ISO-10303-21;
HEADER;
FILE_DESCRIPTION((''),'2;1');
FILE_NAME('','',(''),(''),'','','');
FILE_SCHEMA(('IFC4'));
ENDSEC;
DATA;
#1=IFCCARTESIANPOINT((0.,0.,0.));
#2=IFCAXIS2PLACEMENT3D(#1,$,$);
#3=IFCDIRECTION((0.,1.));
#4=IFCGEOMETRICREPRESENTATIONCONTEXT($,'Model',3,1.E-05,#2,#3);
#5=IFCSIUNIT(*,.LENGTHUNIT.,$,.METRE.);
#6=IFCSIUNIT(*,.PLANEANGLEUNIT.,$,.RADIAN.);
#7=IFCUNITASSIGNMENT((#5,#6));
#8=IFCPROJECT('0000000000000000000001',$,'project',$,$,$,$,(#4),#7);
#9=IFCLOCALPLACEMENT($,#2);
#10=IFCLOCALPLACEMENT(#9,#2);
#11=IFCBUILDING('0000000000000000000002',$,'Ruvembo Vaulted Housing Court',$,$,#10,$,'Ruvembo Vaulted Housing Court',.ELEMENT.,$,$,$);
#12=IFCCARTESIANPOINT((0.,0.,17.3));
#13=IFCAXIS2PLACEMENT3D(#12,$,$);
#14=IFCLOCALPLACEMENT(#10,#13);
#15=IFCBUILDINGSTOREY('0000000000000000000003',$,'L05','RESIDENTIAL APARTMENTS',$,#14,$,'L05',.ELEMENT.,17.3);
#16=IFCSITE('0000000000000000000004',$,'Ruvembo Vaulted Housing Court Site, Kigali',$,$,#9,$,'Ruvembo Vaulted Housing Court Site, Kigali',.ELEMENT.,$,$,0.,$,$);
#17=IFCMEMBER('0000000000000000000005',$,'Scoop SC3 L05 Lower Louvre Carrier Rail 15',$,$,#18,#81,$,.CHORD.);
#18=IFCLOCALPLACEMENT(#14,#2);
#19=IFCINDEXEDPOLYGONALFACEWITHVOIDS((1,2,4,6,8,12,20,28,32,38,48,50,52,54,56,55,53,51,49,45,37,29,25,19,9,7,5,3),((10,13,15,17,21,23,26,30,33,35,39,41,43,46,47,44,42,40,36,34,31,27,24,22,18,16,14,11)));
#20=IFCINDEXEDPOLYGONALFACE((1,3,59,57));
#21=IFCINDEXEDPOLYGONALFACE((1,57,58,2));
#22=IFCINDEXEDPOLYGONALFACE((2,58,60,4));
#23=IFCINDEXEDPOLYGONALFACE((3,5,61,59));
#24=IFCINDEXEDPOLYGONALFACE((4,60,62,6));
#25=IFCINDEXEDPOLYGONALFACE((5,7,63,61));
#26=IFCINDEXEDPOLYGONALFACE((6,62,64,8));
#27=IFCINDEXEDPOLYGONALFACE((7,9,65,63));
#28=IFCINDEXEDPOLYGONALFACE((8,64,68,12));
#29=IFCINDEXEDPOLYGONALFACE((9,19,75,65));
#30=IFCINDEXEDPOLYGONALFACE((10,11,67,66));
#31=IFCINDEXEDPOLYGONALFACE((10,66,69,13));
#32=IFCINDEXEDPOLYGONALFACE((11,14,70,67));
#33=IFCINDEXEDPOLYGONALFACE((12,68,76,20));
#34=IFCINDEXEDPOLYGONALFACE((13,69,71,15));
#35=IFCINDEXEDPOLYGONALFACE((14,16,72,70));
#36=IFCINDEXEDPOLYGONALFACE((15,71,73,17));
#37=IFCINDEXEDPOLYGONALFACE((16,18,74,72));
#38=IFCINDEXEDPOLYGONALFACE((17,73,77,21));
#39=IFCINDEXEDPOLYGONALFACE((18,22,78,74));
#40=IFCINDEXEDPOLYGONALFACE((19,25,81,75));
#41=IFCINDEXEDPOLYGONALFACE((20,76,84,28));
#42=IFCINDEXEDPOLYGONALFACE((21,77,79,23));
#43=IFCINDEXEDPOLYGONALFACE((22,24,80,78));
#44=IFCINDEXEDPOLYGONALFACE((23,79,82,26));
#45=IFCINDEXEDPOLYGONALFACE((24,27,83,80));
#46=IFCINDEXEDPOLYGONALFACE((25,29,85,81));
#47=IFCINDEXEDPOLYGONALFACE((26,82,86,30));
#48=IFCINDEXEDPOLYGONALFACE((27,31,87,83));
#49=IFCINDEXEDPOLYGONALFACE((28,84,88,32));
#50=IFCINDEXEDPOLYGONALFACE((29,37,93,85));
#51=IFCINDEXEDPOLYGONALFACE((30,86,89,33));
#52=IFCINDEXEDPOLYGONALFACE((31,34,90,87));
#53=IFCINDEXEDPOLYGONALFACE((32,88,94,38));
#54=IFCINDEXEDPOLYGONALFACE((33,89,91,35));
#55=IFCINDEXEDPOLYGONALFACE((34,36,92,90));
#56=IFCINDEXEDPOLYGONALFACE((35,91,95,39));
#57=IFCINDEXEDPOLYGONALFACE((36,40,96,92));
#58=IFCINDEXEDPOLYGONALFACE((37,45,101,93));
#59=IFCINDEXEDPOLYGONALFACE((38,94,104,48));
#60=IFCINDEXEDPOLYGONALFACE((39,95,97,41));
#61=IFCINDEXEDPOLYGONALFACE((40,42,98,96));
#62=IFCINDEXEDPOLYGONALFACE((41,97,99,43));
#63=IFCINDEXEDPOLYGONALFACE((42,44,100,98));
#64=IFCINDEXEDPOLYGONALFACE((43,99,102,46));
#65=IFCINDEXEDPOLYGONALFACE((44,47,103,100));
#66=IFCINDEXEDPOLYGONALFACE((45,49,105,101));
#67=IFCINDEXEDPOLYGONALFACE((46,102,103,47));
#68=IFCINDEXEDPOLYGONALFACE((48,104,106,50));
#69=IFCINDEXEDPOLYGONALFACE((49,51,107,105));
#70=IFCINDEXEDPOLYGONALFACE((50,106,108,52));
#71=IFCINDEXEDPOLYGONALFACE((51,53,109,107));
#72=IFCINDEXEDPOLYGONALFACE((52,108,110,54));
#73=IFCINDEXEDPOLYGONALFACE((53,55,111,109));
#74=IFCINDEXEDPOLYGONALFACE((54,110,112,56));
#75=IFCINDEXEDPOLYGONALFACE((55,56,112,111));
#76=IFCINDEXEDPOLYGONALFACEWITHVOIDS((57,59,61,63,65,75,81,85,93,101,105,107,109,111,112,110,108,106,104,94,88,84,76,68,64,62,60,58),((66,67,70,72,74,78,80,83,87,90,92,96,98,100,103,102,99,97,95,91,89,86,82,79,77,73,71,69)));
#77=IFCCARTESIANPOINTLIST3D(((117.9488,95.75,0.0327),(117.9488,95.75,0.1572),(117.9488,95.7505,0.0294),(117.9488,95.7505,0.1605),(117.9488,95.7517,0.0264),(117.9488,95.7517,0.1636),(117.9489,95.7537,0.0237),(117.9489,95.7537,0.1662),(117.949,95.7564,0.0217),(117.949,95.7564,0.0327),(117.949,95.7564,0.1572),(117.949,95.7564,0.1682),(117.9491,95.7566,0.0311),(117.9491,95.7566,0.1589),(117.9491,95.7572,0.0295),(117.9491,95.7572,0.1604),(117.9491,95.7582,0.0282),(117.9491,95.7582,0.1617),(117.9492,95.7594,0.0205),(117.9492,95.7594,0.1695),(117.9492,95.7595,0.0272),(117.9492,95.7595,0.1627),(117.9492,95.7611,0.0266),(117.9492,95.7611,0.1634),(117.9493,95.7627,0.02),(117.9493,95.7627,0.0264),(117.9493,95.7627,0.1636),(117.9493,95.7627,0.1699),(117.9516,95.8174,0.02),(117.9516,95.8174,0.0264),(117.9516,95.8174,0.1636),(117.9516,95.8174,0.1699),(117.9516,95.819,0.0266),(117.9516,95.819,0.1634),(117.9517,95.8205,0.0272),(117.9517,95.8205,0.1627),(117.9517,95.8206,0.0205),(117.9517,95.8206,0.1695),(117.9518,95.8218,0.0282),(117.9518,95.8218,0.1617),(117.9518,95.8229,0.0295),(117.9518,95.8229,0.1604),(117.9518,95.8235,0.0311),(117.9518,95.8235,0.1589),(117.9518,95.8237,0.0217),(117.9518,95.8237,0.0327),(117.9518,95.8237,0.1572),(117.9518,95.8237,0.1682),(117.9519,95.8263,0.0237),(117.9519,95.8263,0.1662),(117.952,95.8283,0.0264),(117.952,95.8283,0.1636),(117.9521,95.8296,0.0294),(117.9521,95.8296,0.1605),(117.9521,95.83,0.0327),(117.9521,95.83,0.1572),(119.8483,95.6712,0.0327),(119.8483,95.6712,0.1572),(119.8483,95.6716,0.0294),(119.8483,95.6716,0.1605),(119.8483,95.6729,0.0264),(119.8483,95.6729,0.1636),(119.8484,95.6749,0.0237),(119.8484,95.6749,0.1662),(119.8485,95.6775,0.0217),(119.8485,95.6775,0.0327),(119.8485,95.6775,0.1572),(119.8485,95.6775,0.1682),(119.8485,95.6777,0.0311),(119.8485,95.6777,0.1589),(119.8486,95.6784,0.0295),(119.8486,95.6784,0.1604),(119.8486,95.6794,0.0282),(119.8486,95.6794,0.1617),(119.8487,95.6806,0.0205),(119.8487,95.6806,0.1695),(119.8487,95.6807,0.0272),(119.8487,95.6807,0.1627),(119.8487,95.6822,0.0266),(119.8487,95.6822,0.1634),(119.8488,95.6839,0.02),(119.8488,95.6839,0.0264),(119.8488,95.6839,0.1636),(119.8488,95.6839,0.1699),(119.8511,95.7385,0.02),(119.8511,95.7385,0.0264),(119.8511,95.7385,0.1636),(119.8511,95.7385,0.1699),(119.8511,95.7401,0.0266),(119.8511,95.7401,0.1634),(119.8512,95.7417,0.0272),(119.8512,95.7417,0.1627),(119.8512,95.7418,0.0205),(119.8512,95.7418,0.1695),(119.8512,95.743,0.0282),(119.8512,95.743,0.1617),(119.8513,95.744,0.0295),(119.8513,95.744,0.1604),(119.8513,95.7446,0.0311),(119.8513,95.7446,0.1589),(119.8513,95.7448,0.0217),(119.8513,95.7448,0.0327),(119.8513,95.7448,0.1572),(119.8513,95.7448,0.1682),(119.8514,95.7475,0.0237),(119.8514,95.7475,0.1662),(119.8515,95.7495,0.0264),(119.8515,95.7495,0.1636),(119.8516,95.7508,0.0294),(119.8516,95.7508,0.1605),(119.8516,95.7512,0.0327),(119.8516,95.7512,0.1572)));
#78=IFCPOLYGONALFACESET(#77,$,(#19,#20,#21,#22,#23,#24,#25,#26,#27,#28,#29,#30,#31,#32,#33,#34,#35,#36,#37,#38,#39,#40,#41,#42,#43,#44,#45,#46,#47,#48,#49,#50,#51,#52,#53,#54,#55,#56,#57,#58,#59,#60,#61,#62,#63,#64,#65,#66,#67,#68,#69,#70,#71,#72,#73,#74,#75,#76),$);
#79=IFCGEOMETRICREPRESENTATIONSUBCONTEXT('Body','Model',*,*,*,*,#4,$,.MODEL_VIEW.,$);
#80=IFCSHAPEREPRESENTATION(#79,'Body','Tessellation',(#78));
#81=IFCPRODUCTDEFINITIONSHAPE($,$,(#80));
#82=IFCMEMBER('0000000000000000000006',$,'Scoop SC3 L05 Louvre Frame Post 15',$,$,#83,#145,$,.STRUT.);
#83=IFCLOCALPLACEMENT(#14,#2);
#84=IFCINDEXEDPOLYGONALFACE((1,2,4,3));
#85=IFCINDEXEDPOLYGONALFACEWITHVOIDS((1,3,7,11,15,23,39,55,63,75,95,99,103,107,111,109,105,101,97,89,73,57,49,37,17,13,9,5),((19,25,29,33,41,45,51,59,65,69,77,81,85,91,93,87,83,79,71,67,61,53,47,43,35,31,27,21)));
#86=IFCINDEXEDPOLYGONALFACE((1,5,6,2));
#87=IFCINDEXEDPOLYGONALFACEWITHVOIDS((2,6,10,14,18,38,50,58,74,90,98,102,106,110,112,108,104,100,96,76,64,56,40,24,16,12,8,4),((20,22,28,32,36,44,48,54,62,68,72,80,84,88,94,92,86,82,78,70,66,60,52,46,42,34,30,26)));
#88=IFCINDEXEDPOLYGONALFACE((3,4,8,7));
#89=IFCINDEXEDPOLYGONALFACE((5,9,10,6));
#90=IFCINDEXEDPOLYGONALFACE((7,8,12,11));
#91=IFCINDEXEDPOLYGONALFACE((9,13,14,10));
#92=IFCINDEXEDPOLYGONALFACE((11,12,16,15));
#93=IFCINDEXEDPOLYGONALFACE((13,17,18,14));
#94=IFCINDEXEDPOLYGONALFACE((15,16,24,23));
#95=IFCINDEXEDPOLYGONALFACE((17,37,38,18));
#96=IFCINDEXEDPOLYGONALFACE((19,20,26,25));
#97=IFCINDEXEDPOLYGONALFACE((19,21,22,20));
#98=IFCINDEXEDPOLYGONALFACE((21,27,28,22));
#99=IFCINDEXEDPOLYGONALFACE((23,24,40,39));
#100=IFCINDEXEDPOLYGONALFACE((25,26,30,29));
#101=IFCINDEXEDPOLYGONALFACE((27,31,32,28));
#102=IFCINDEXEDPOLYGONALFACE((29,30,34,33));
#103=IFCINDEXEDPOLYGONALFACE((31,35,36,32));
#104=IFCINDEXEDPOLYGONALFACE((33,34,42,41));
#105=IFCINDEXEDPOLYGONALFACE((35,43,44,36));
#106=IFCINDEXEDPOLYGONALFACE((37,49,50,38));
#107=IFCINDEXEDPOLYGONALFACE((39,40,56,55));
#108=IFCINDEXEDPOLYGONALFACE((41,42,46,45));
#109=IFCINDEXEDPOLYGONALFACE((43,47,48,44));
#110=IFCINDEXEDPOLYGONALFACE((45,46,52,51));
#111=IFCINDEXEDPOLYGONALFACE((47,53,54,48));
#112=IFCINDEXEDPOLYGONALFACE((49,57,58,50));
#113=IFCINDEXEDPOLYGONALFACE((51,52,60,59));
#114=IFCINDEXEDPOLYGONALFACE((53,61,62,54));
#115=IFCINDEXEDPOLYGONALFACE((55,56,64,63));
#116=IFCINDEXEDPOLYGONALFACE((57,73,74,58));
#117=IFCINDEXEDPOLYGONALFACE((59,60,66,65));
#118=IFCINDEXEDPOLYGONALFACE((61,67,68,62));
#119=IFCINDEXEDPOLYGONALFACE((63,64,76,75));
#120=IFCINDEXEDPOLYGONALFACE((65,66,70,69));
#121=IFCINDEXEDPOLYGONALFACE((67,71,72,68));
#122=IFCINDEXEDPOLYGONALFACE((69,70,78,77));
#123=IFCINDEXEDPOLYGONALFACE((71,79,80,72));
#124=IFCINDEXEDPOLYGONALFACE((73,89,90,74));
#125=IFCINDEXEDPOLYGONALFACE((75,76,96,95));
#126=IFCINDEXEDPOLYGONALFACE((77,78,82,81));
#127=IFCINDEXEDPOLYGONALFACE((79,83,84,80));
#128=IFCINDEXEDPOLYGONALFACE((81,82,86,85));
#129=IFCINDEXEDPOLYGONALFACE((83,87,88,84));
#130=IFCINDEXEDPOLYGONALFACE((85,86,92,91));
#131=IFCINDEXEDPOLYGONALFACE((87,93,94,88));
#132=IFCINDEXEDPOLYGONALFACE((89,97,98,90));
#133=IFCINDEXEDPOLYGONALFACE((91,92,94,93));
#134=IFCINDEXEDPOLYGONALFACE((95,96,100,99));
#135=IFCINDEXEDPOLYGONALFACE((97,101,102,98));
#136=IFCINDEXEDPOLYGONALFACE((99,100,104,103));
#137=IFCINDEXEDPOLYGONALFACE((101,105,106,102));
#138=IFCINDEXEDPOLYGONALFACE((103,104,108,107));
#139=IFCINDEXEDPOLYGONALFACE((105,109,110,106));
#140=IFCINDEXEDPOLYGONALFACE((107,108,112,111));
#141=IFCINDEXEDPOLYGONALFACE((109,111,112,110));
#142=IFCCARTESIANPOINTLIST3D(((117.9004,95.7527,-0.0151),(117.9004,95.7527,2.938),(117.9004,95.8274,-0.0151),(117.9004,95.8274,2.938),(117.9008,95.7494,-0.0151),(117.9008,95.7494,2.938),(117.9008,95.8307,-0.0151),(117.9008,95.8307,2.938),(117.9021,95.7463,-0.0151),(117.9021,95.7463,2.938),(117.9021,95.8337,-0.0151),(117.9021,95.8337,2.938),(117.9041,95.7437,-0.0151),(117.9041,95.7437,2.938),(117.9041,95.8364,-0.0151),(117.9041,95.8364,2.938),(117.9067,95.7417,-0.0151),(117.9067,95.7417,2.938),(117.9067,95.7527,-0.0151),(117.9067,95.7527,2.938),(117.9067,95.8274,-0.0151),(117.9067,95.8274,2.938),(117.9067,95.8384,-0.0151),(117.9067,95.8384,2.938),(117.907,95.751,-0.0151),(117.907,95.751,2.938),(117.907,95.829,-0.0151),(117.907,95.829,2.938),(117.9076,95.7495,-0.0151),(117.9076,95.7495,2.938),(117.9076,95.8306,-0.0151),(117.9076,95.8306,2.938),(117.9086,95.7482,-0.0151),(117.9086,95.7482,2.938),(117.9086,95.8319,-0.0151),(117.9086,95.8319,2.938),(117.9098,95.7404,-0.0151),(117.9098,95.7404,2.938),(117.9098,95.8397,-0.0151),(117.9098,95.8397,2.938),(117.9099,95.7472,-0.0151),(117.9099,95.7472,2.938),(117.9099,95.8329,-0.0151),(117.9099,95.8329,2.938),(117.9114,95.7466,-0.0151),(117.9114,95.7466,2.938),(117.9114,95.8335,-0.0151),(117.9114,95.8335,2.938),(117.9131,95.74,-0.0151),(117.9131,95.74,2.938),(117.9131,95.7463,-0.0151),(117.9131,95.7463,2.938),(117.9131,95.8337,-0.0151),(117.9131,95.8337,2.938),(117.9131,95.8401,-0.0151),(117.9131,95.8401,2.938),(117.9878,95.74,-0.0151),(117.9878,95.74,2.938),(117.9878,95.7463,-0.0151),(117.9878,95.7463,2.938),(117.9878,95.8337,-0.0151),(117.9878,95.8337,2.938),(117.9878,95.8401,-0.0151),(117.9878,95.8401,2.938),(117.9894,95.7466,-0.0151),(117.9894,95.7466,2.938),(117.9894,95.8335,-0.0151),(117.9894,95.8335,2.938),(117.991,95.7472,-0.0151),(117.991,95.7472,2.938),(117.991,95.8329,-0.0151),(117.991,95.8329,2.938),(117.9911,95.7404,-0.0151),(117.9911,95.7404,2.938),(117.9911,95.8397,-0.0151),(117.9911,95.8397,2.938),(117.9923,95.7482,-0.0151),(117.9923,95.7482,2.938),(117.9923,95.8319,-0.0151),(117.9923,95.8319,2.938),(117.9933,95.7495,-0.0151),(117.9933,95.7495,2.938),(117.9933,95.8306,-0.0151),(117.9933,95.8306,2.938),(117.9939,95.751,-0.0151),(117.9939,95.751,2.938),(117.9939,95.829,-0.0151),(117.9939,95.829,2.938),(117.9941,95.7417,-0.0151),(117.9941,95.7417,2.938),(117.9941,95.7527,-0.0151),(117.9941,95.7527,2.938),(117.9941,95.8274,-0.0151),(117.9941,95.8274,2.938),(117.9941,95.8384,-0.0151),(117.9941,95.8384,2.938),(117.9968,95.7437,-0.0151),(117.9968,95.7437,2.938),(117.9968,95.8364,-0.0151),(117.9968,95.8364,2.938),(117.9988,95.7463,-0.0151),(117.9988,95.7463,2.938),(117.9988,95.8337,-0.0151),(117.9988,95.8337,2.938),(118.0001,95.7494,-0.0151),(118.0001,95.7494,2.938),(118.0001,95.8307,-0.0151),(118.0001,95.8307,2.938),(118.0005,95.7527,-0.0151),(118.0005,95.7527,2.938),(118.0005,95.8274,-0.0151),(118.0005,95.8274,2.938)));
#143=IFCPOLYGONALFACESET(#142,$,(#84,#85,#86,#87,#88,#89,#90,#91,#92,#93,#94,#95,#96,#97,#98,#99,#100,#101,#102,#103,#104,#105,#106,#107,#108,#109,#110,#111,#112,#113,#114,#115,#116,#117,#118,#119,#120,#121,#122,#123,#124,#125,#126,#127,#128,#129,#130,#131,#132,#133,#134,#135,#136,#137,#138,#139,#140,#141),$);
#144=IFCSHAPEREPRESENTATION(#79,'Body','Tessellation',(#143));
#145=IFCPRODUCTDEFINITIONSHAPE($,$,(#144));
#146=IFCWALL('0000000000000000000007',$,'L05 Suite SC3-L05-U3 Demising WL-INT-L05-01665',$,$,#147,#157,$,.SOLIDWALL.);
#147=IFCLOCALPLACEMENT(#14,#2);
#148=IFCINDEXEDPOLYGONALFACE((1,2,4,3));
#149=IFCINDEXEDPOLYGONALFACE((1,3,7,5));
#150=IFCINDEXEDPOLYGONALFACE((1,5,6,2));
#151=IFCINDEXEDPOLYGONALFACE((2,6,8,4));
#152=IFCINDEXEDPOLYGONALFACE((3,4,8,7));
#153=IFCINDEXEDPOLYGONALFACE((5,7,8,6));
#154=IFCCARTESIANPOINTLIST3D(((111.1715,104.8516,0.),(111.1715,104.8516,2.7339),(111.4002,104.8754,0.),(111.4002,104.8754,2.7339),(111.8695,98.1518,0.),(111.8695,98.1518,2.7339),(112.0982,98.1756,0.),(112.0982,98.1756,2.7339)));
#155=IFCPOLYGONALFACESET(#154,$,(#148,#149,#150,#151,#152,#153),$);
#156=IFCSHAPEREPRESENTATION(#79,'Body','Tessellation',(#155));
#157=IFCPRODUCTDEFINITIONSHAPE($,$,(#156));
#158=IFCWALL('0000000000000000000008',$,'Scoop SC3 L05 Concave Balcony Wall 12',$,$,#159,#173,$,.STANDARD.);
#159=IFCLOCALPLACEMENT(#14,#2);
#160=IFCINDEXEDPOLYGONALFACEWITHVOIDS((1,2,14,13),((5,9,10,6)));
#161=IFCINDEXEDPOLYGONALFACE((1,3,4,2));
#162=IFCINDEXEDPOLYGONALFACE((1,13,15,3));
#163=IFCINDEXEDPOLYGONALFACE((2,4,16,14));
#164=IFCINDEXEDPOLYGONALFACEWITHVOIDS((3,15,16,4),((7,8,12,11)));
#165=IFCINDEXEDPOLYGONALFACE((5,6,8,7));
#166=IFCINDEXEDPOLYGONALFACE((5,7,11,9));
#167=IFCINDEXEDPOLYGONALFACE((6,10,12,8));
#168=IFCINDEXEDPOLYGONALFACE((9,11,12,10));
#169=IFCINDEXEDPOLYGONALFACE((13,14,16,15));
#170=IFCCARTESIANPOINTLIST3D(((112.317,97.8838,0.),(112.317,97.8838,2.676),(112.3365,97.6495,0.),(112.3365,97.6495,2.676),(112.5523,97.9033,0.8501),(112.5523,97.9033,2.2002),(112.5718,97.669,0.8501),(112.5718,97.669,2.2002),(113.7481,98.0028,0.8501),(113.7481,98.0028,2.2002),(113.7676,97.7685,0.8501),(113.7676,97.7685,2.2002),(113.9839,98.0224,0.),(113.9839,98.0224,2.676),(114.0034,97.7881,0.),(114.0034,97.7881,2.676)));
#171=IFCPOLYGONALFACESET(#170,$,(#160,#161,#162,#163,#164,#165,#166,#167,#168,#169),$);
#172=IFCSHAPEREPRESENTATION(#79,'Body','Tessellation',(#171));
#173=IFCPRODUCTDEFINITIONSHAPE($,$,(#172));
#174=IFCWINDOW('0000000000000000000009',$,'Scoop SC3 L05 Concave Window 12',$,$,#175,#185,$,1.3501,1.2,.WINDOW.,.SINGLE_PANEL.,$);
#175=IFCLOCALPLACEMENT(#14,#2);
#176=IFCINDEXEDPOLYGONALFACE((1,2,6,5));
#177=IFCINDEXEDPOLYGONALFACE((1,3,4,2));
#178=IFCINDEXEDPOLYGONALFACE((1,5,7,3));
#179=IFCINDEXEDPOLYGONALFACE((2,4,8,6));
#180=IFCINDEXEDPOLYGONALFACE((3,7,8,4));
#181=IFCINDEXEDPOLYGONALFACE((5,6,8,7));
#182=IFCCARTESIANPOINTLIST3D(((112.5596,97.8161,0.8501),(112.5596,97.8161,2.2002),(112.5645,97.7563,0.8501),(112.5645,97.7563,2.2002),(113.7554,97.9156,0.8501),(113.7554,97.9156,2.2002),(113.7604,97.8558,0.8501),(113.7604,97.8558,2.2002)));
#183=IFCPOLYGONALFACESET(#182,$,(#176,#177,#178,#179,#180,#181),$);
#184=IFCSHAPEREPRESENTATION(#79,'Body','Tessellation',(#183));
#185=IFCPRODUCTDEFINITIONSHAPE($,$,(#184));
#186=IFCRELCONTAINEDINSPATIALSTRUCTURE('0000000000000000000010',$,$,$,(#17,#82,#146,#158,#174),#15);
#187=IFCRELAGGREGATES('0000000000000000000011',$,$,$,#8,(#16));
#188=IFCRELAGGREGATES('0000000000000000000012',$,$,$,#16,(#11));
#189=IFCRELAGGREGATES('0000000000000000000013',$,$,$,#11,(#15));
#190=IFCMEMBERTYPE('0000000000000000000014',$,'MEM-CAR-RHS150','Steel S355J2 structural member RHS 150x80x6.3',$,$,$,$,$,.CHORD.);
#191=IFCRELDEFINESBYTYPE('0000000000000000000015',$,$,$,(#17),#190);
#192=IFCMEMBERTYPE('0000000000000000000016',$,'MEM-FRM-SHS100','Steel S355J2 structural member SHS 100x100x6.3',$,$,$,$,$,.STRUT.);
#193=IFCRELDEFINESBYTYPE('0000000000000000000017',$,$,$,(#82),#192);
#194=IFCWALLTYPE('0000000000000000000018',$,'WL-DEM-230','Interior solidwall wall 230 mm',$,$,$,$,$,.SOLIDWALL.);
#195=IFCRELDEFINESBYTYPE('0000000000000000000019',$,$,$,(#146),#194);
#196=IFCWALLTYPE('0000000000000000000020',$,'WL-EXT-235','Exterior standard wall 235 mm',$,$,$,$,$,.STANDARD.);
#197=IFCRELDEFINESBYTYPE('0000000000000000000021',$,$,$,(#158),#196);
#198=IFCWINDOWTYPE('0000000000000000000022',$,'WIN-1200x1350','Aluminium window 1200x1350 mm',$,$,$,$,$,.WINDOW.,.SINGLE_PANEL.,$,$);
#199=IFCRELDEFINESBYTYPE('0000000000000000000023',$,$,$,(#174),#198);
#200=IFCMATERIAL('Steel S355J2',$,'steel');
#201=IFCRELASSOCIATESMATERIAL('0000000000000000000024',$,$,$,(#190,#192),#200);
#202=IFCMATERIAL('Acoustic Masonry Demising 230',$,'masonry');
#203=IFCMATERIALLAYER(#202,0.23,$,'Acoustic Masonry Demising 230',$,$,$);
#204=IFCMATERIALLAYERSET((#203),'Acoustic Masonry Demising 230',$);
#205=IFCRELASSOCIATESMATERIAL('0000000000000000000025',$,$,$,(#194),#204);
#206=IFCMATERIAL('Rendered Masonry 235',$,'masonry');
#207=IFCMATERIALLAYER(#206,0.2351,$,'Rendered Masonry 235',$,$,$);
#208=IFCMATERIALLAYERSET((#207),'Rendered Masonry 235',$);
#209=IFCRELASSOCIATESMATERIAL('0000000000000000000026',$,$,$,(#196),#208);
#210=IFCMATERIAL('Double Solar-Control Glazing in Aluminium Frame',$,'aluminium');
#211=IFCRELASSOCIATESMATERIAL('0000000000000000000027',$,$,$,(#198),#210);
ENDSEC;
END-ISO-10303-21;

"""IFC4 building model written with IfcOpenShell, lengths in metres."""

from ifc_helpers import new_model, si_unit, direction, frame, frame_2d, origin, origin_2d, place, context, subcontext, project, spatial, rectangle, hollow_rectangle, extrude, material, layer, layer_set, material_profile, profile_set, type_object, element, fill, save


model = new_model("IFC4")

# Units and contexts
model_context = context("Model", 3, precision=1e-05, world=origin(), true_north=direction((0.0, 1.0)))
body_context = subcontext(model_context, "Body", "Model", "MODEL_VIEW")
ifc_project = project(units=[si_unit("LENGTHUNIT", "METRE"), si_unit("PLANEANGLEUNIT", "RADIAN")], contexts=[model_context])

# Site, building, storey
site_placement = place(None, origin())
site = spatial("IfcSite", under=ifc_project, at=site_placement, Name="Ruvembo Vaulted Housing Court Site, Kigali", LongName="Ruvembo Vaulted Housing Court Site, Kigali", CompositionType="ELEMENT", RefElevation=0.0)
building_placement = place(site_placement, origin())
building = spatial("IfcBuilding", under=site, at=building_placement, Name="Ruvembo Vaulted Housing Court", LongName="Ruvembo Vaulted Housing Court", CompositionType="ELEMENT")
storey_placement = place(building_placement, frame((0.0, 0.0, 17.3)))
storey = spatial("IfcBuildingStorey", under=building, at=storey_placement, Name="L05", Description="RESIDENTIAL APARTMENTS", LongName="L05", CompositionType="ELEMENT", Elevation=17.3)

# Shared definitions
ifc_material_1 = material(Name="Steel S355J2", Category="steel")

# Members
ifc_material_profile_1 = material_profile(ifc_material_1, hollow_rectangle(XDim=0.0801, YDim=0.1499, WallThickness=0.0063, InnerFilletRadius=0.0063, OuterFilletRadius=0.0127, at=origin_2d()), Name="RHS 150x80x6.3")
ifc_profile_set_1 = profile_set([ifc_material_profile_1], Name="Steel S355J2")
member_type_1 = type_object("IfcMemberType", Name="MEM-CAR-RHS150", Description="Steel S355J2 structural member RHS 150x80x6.3", PredefinedType="CHORD", material=ifc_profile_set_1)
member_1_placement = place(storey_placement, frame((117.9504, 95.79, 0.095), z_axis=(0.999139, -0.041481, 0.0), x_axis=(0.041481, 0.999139, 0.0)))
element("IfcMember", 1, at=member_1_placement, inside=storey, type_object=member_type_1, Name="Scoop SC3 L05 Lower Louvre Carrier Rail 15", PredefinedType="CHORD", context=body_context, shape_type="SweptSolid", body=[
    extrude(hollow_rectangle(XDim=0.0801, YDim=0.1499, WallThickness=0.0063, InnerFilletRadius=0.0063, OuterFilletRadius=0.0127, at=origin_2d()), origin(), (0.0, 0.0, 1.0), 1.9011),
])
ifc_material_profile_2 = material_profile(ifc_material_1, hollow_rectangle(XDim=0.1001, YDim=0.1001, WallThickness=0.0063, InnerFilletRadius=0.0063, OuterFilletRadius=0.0127, at=origin_2d()), Name="SHS 100x100x6.3")
ifc_profile_set_2 = profile_set([ifc_material_profile_2], Name="Steel S355J2")
member_type_2 = type_object("IfcMemberType", Name="MEM-FRM-SHS100", Description="Steel S355J2 structural member SHS 100x100x6.3", PredefinedType="STRUT", material=ifc_profile_set_2)
member_2_placement = place(storey_placement, frame((117.9504, 95.79, -0.0151), z_axis=(0.0, 0.0, 1.0), x_axis=(1.0, 0.0, 0.0)))
element("IfcMember", 2, at=member_2_placement, inside=storey, type_object=member_type_2, Name="Scoop SC3 L05 Louvre Frame Post 15", PredefinedType="STRUT", context=body_context, shape_type="SweptSolid", body=[
    extrude(hollow_rectangle(XDim=0.1001, YDim=0.1001, WallThickness=0.0063, InnerFilletRadius=0.0063, OuterFilletRadius=0.0127, at=origin_2d()), origin(), (0.0, 0.0, 1.0), 2.9531),
])

# Wall
ifc_material_2 = material(Name="Acoustic Masonry Demising 230", Category="masonry")
ifc_layer_1 = layer(ifc_material_2, 0.23, Name="Acoustic Masonry Demising 230")
ifc_layer_set_1 = layer_set([ifc_layer_1], Name="Acoustic Masonry Demising 230")
wall_type_1 = type_object("IfcWallType", Name="WL-DEM-230", Description="Interior solidwall wall 230 mm", PredefinedType="SOLIDWALL", material=ifc_layer_set_1)
wall_1_placement = place(storey_placement, frame((111.9839, 98.1636, 0.0), z_axis=(0.0, 0.0, 1.0), x_axis=(-0.103623, 0.994617, 0.0)))
element("IfcWall", 3, at=wall_1_placement, inside=storey, type_object=wall_type_1, Name="L05 Suite SC3-L05-U3 Demising WL-INT-L05-01665", PredefinedType="SOLIDWALL", context=body_context, shape_type="SweptSolid", body=[
    extrude(rectangle(XDim=6.7361, YDim=0.23, at=frame_2d((3.3682, 0.0))), origin(), (0.0, 0.0, 1.0), 2.7339),
])

# Shared definitions
ifc_material_3 = material(Name="Rendered Masonry 235", Category="masonry")
ifc_layer_2 = layer(ifc_material_3, 0.2351, Name="Rendered Masonry 235")
ifc_layer_set_2 = layer_set([ifc_layer_2], Name="Rendered Masonry 235")
wall_type_2 = type_object("IfcWallType", Name="WL-EXT-235", Description="Exterior standard wall 235 mm", PredefinedType="STANDARD", material=ifc_layer_set_2)

# Wall, opening, window
wall_2_placement = place(storey_placement, frame((112.3267, 97.7666, 0.0), z_axis=(0.0, 0.0, 1.0), x_axis=(0.996557, 0.082913, 0.0)))
wall_2 = element("IfcWall", 4, at=wall_2_placement, inside=storey, type_object=wall_type_2, Name="Scoop SC3 L05 Concave Balcony Wall 12", PredefinedType="STANDARD", context=body_context, shape_type="SweptSolid", body=[
    extrude(rectangle(XDim=1.6726, YDim=0.2351, at=frame_2d((0.8364, 0.0))), origin(), (0.0, 0.0, 1.0), 2.676),
])
opening_1_placement = place(wall_2_placement, frame((0.2361, 0.0, 0.8501)))
opening_1 = element("IfcOpeningElement", 5, at=opening_1_placement, cuts=wall_2, PredefinedType="OPENING", context=body_context, shape_type="SweptSolid", body=[
    extrude(rectangle(XDim=1.2, YDim=1.3501, at=frame_2d((0.6001, 0.675))), frame((0.0, 0.1274, 0.0), z_axis=(0.0, -1.0, 0.0), x_axis=(1.0, 0.0, 0.0)), (0.0, 0.0, 1.0), 0.2551),
])
ifc_material_4 = material(Name="Double Solar-Control Glazing in Aluminium Frame", Category="aluminium")
window_type_1 = type_object("IfcWindowType", Name="WIN-1200x1350", Description="Aluminium window 1200x1350 mm", PartitioningType="SINGLE_PANEL", PredefinedType="WINDOW", material=ifc_material_4)
window_1_placement = place(opening_1_placement, origin())
window_1 = element("IfcWindow", 6, at=window_1_placement, inside=storey, type_object=window_type_1, Name="Scoop SC3 L05 Concave Window 12", OverallHeight=1.3501, OverallWidth=1.2, PartitioningType="SINGLE_PANEL", PredefinedType="WINDOW", context=body_context, shape_type="SweptSolid", body=[
    extrude(rectangle(XDim=1.2, YDim=1.3501, at=frame_2d((0.6001, 0.675))), frame((0.0, 0.03, 0.0), z_axis=(0.0, -1.0, 0.0), x_axis=(1.0, 0.0, 0.0)), (0.0, 0.0, 1.0), 0.0601),
])
fill(opening_1, window_1)

save(model, "model.ifc")
